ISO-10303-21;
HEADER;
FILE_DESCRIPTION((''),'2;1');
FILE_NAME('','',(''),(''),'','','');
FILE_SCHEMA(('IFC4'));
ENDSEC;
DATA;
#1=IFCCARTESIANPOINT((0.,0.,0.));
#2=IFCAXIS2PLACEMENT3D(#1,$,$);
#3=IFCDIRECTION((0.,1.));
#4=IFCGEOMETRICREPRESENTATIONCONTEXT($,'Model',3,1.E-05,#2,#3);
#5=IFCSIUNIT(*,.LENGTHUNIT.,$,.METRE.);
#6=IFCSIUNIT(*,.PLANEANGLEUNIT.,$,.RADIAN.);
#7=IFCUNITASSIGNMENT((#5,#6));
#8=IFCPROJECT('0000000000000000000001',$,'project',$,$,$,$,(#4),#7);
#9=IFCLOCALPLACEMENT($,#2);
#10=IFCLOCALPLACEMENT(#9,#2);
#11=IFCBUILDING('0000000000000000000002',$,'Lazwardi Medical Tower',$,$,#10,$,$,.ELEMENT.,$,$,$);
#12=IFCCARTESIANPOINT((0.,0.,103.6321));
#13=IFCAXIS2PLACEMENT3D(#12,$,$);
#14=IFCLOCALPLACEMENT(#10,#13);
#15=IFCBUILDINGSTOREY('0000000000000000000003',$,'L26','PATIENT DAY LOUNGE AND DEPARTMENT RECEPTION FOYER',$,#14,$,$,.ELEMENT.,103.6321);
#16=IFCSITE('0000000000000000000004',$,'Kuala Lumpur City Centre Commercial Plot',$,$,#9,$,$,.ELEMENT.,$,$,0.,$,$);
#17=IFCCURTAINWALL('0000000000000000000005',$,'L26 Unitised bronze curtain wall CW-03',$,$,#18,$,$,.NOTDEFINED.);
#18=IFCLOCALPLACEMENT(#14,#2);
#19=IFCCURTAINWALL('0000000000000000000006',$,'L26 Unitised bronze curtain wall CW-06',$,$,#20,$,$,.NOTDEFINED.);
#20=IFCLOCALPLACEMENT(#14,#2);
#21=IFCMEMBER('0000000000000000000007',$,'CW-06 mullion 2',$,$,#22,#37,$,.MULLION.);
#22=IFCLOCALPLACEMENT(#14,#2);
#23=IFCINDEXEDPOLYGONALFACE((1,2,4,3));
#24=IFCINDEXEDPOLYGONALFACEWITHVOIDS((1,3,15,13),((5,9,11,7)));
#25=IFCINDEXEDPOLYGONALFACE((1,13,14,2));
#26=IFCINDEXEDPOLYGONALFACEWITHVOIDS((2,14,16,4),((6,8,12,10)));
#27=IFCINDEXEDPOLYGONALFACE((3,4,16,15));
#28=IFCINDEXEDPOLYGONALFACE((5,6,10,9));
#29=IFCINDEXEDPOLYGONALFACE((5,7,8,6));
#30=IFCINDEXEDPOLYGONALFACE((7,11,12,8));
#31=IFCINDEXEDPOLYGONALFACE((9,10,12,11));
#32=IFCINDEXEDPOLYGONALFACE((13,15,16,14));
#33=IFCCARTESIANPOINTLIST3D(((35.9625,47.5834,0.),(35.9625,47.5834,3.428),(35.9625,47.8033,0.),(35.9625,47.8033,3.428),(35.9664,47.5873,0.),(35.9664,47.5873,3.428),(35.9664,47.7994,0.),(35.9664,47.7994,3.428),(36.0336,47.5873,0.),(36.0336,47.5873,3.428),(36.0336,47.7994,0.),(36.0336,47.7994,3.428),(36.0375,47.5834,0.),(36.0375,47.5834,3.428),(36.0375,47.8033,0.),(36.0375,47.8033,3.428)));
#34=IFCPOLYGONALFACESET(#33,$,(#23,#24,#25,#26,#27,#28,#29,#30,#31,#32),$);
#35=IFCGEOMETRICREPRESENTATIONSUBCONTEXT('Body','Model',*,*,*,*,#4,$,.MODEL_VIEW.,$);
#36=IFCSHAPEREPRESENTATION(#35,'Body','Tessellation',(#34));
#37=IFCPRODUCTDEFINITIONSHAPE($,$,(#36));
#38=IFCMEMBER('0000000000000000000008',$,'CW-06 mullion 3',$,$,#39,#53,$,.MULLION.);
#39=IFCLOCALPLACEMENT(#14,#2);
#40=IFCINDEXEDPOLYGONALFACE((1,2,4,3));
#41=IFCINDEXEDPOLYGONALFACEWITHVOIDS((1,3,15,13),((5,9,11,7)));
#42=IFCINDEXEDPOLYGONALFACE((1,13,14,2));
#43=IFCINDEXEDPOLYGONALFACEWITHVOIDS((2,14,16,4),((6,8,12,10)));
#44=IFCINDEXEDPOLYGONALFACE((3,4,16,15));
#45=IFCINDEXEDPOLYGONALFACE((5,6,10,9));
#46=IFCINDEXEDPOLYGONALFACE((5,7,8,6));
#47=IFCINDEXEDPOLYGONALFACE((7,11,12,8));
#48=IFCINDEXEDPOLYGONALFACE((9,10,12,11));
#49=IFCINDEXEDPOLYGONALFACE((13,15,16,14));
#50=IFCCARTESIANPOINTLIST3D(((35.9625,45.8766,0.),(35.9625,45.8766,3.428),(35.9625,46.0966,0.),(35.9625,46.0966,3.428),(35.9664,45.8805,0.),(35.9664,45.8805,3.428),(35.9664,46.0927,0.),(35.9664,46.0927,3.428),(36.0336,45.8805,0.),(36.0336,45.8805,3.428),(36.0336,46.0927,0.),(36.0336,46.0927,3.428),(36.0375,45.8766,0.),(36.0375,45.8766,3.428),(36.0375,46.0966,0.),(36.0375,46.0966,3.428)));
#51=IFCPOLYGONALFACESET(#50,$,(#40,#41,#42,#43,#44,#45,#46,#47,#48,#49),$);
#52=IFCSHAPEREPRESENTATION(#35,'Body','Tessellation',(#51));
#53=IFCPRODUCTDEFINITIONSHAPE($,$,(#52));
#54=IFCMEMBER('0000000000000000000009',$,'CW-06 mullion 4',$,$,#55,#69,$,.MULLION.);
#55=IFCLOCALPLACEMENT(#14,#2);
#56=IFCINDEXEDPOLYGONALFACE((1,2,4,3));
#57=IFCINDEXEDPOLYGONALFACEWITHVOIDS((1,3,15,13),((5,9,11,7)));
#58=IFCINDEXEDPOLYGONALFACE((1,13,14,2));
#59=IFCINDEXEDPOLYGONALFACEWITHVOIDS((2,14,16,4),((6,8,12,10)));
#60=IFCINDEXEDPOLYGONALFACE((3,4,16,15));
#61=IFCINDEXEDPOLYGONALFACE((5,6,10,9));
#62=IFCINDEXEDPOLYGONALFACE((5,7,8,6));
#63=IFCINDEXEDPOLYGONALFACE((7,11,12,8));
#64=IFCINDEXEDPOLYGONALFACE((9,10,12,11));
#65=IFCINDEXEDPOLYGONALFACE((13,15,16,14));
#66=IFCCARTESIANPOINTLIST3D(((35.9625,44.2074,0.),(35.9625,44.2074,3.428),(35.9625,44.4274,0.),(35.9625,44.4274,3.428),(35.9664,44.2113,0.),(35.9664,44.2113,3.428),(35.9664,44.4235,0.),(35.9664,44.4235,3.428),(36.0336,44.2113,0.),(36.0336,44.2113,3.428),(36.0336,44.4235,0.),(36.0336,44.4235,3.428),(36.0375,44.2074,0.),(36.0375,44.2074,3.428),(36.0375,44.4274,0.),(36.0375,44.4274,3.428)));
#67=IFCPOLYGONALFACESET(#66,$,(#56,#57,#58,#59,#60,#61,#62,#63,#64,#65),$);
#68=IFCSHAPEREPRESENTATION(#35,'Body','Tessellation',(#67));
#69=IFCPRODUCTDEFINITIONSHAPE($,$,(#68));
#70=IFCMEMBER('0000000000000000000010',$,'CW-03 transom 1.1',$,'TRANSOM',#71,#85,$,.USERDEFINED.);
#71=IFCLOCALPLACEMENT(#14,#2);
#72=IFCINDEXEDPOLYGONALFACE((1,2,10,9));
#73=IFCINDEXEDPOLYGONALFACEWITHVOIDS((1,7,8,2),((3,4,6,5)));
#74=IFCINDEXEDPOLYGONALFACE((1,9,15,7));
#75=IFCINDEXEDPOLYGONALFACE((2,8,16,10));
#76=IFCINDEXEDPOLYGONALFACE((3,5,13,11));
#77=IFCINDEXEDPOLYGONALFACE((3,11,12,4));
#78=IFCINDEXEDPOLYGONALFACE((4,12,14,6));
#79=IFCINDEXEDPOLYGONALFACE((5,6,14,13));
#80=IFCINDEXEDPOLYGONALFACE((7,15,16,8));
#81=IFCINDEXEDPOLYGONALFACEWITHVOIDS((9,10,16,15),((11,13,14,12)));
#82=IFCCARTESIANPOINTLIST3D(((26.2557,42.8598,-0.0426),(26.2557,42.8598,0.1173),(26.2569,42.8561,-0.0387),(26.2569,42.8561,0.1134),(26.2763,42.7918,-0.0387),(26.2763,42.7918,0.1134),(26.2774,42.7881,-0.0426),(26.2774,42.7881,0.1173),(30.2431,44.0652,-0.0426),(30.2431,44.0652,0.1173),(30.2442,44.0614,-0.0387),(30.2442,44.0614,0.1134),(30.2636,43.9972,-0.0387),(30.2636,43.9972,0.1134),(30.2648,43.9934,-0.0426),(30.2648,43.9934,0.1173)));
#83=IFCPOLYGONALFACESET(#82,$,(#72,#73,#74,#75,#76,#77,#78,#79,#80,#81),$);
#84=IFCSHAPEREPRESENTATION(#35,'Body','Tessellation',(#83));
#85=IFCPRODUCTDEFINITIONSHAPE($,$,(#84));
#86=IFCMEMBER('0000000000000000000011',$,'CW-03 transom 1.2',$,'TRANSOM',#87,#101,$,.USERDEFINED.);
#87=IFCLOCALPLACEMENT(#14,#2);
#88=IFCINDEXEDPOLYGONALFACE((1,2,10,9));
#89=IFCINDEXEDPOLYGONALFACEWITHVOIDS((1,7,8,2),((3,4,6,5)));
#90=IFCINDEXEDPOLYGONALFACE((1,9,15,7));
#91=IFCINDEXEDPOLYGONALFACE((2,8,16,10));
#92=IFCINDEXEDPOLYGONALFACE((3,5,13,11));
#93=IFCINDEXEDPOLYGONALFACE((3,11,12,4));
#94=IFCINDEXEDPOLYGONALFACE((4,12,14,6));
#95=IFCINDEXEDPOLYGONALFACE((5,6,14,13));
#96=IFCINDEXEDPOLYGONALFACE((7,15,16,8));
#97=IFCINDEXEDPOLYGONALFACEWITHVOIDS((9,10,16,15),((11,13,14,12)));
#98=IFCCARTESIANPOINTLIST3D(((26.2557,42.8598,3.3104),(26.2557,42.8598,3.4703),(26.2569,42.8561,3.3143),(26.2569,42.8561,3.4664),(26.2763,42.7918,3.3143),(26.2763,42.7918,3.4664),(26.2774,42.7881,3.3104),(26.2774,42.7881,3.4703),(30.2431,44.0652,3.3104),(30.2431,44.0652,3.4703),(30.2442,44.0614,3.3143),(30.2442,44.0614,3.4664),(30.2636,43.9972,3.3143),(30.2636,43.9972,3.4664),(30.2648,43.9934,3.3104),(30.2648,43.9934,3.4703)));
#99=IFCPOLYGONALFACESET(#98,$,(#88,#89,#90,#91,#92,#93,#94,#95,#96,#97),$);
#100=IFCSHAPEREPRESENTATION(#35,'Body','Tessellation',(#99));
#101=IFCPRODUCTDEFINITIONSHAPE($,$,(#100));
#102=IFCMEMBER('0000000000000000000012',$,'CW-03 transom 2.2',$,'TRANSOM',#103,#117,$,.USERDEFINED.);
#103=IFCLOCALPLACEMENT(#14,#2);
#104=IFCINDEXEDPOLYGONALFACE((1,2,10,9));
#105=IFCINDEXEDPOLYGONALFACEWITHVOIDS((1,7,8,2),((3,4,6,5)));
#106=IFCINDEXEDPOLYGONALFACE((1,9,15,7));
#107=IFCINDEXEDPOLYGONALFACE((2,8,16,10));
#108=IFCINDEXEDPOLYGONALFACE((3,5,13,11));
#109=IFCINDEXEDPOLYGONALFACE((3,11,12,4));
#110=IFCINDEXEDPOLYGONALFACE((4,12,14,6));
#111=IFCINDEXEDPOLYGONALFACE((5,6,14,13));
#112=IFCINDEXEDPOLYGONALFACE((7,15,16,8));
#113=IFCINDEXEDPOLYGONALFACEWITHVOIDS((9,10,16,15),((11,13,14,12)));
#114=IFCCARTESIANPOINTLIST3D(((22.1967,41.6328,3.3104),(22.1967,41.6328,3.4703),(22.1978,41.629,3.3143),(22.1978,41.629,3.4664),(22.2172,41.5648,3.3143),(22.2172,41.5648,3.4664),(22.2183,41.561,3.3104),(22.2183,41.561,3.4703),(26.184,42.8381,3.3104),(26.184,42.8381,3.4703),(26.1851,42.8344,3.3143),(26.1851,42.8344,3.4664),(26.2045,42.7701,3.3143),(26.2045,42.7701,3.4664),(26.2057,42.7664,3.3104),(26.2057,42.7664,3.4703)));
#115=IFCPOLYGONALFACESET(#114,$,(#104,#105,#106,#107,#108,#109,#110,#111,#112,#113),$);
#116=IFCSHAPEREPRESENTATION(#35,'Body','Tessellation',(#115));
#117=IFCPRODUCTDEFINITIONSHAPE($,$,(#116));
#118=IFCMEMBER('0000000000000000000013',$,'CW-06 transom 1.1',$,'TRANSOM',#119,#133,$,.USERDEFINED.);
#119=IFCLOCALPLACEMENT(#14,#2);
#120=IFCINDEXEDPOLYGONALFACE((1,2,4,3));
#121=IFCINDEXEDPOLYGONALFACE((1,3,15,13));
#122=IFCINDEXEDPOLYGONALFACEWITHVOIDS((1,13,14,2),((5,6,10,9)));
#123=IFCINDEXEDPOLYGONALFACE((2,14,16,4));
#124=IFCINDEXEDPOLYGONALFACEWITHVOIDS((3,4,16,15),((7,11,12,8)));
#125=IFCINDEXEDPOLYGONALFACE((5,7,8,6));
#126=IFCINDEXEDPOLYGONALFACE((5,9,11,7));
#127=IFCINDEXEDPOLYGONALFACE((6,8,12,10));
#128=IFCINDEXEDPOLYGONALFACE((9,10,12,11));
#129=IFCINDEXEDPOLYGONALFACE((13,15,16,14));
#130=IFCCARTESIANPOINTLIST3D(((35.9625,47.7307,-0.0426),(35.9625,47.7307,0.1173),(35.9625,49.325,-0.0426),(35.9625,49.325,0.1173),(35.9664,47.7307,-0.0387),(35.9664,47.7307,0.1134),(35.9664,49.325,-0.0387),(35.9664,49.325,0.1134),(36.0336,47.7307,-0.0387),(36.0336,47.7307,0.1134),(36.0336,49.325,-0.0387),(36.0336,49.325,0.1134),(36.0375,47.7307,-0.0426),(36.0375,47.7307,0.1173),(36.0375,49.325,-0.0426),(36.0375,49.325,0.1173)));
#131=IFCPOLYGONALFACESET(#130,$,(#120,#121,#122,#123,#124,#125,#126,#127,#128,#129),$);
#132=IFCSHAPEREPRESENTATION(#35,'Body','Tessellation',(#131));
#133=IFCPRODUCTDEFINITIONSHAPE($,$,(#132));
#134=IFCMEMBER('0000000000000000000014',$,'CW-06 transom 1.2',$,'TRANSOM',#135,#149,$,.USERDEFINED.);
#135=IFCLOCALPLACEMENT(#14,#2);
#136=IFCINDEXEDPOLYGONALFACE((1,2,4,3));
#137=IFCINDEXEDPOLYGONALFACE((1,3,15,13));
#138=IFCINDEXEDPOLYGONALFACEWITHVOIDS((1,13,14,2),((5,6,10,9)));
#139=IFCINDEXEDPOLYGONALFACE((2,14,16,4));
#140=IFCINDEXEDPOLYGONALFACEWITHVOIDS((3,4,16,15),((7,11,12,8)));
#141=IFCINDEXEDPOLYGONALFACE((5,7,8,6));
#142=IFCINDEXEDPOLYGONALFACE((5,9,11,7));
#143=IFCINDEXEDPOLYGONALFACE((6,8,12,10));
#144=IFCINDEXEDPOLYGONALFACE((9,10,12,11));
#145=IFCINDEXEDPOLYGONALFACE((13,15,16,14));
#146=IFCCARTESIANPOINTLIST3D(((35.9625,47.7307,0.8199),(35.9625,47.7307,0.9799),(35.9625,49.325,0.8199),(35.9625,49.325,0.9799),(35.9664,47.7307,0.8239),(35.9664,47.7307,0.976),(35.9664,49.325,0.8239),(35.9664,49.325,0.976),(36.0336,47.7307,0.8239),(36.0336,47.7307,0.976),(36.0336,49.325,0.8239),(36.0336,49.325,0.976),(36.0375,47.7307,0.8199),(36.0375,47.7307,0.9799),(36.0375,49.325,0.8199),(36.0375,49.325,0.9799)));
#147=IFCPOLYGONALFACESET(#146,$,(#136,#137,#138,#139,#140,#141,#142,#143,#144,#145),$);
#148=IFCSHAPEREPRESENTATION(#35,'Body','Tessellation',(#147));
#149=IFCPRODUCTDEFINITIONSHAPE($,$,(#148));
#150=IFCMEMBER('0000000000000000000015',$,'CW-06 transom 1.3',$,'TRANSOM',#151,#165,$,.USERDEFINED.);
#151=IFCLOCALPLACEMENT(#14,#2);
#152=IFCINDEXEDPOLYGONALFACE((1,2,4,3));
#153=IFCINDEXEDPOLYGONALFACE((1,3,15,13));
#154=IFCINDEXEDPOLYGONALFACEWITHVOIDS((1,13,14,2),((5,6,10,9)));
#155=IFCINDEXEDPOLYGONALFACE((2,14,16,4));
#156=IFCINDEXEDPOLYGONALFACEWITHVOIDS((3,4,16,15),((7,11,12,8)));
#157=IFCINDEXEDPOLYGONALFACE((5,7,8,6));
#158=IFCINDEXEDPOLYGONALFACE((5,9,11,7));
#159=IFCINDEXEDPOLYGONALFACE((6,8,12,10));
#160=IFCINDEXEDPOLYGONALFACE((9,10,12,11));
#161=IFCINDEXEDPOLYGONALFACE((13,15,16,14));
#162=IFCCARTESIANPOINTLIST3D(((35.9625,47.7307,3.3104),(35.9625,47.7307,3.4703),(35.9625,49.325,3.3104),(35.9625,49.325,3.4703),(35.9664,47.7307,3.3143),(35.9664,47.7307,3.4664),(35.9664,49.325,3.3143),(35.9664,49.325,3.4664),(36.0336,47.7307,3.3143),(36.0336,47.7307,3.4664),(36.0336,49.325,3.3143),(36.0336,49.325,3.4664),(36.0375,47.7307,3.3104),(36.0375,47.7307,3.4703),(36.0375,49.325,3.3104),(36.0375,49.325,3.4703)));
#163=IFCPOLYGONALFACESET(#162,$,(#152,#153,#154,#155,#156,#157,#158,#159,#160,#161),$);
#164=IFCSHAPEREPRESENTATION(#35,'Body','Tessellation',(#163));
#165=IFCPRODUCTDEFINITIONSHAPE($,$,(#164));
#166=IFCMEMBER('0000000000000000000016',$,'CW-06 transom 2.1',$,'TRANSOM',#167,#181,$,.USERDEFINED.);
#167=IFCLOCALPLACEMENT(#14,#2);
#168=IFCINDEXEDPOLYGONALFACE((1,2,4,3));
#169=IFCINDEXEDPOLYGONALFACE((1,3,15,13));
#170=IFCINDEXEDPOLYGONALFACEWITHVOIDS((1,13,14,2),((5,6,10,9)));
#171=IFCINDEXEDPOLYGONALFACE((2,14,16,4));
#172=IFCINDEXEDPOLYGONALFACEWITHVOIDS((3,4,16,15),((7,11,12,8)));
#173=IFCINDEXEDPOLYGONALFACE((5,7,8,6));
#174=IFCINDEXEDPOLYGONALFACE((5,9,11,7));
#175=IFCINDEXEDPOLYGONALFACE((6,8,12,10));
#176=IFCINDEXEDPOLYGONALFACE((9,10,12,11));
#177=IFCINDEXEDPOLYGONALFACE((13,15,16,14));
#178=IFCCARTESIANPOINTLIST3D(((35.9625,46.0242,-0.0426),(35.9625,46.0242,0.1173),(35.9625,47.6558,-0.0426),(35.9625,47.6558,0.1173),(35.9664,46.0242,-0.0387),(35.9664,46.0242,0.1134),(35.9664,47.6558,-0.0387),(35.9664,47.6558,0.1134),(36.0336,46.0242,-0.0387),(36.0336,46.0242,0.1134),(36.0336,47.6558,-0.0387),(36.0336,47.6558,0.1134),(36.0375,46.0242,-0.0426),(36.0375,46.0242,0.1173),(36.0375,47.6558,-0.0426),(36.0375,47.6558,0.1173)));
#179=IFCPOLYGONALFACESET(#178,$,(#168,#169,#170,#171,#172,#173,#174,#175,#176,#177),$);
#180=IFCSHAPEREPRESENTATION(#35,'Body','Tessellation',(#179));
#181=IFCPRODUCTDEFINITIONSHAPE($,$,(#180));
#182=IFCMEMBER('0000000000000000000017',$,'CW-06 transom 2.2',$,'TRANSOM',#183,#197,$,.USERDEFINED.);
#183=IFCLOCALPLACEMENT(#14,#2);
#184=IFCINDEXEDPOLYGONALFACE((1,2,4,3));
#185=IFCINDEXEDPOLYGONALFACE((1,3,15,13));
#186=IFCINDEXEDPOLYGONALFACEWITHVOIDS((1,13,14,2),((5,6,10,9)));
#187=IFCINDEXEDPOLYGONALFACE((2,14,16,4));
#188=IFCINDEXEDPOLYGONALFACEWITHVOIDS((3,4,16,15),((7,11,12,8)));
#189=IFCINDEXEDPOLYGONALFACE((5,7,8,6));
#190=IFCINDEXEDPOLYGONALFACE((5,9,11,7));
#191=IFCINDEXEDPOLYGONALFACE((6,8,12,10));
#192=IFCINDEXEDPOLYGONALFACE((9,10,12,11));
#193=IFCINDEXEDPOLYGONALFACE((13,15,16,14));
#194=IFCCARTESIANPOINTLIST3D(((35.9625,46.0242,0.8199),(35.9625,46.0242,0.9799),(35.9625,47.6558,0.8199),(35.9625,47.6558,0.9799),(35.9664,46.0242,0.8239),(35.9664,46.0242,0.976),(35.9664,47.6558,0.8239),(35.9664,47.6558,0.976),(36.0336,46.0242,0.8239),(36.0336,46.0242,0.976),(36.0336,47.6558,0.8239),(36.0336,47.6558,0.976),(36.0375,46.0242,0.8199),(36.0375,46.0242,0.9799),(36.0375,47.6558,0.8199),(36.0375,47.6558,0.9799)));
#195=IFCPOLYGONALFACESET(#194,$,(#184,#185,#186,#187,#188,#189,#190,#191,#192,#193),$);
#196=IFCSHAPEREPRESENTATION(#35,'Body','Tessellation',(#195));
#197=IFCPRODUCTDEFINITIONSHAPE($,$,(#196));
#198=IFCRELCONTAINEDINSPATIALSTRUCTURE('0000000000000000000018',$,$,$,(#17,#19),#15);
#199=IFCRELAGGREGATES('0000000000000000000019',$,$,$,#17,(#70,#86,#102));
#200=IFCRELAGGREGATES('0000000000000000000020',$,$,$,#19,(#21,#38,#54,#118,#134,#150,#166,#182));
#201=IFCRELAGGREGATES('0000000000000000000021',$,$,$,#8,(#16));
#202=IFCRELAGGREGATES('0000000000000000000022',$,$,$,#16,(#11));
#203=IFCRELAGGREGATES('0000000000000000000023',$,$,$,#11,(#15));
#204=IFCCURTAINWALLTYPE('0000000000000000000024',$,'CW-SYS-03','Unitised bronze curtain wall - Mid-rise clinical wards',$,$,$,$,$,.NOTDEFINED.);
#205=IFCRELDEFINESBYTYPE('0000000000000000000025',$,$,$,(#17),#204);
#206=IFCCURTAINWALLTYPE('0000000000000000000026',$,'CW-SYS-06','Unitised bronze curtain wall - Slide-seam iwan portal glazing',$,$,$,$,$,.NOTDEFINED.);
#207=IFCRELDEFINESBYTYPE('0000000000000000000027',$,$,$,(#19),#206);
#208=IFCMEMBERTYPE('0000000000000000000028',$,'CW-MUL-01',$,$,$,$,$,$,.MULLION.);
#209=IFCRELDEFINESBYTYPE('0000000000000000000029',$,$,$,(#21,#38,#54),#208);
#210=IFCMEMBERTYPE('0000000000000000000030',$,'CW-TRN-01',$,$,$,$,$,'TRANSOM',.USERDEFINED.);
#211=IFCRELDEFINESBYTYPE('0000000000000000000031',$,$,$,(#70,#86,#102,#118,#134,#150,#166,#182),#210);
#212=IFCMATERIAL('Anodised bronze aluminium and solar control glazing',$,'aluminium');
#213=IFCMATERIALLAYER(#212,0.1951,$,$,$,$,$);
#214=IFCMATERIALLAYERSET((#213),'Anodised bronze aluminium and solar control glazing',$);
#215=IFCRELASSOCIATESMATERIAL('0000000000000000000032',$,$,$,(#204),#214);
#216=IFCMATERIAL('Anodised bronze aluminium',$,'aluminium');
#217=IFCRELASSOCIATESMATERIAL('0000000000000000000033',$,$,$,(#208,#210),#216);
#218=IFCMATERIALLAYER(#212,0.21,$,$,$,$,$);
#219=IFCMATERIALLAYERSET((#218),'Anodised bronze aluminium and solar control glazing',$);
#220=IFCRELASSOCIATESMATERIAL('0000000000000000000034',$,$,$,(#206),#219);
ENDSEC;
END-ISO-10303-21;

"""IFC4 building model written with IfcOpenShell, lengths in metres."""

from ifc_helpers import new_model, si_unit, direction, frame, origin, origin_2d, place, context, subcontext, project, spatial, hollow_rectangle, extrude, material, layer, layer_set, material_profile, profile_set, type_object, element, aggregate, save


model = new_model("IFC4")

# Units and contexts
model_context = context("Model", 3, precision=1e-05, world=origin(), true_north=direction((0.0, 1.0)))
body_context = subcontext(model_context, "Body", "Model", "MODEL_VIEW")
ifc_project = project(units=[si_unit("LENGTHUNIT", "METRE"), si_unit("PLANEANGLEUNIT", "RADIAN")], contexts=[model_context])

# Site, building, storey
site_placement = place(None, origin())
site = spatial("IfcSite", under=ifc_project, at=site_placement, Name="Kuala Lumpur City Centre Commercial Plot", CompositionType="ELEMENT", RefElevation=0.0)
building_placement = place(site_placement, origin())
building = spatial("IfcBuilding", under=site, at=building_placement, Name="Lazwardi Medical Tower", CompositionType="ELEMENT")
storey_placement = place(building_placement, frame((0.0, 0.0, 103.6321)))
storey = spatial("IfcBuildingStorey", under=building, at=storey_placement, Name="L26", Description="PATIENT DAY LOUNGE AND DEPARTMENT RECEPTION FOYER", CompositionType="ELEMENT", Elevation=103.6321)

# Curtain walls, members
ifc_material_1 = material(Name="Anodised bronze aluminium and solar control glazing", Category="aluminium")
ifc_layer_1 = layer(ifc_material_1, 0.1951)
ifc_layer_set_1 = layer_set([ifc_layer_1], Name="Anodised bronze aluminium and solar control glazing")
curtain_wall_type_1 = type_object("IfcCurtainWallType", Name="CW-SYS-03", Description="Unitised bronze curtain wall - Mid-rise clinical wards", PredefinedType="NOTDEFINED", material=ifc_layer_set_1)
curtain_wall_1_placement = place(storey_placement, origin())
curtain_wall_1 = element("IfcCurtainWall", 1, at=curtain_wall_1_placement, inside=storey, type_object=curtain_wall_type_1, Name="L26 Unitised bronze curtain wall CW-03", PredefinedType="NOTDEFINED")
ifc_material_2 = material(Name="Anodised bronze aluminium", Category="aluminium")
ifc_material_profile_1 = material_profile(ifc_material_2, hollow_rectangle(XDim=0.075, YDim=0.22, WallThickness=0.0039, at=origin_2d()), Name="ALU-MULLION 220x75x4")
ifc_profile_set_1 = profile_set([ifc_material_profile_1], Name="Anodised bronze aluminium")
member_type_1 = type_object("IfcMemberType", Name="CW-MUL-01", PredefinedType="MULLION", material=ifc_profile_set_1)
ifc_layer_2 = layer(ifc_material_1, 0.21)
ifc_layer_set_2 = layer_set([ifc_layer_2], Name="Anodised bronze aluminium and solar control glazing")
curtain_wall_type_2 = type_object("IfcCurtainWallType", Name="CW-SYS-06", Description="Unitised bronze curtain wall - Slide-seam iwan portal glazing", PredefinedType="NOTDEFINED", material=ifc_layer_set_2)
curtain_wall_2_placement = place(storey_placement, origin())
curtain_wall_2 = element("IfcCurtainWall", 2, at=curtain_wall_2_placement, inside=storey, type_object=curtain_wall_type_2, Name="L26 Unitised bronze curtain wall CW-06", PredefinedType="NOTDEFINED")
member_1_placement = place(storey_placement, frame((36.0, 47.6934, 0.0), z_axis=(0.0, 0.0, 1.0), x_axis=(1.0, 0.0, 0.0)))
member_1 = element("IfcMember", 3, at=member_1_placement, type_object=member_type_1, Name="CW-06 mullion 2", PredefinedType="MULLION", context=body_context, shape_type="SweptSolid", body=[
    extrude(hollow_rectangle(XDim=0.075, YDim=0.22, WallThickness=0.0039, at=origin_2d()), origin(), (0.0, 0.0, 1.0), 3.428),
])
member_2_placement = place(storey_placement, frame((36.0, 45.9866, 0.0), z_axis=(0.0, 0.0, 1.0), x_axis=(1.0, 0.0, 0.0)))
member_2 = element("IfcMember", 4, at=member_2_placement, type_object=member_type_1, Name="CW-06 mullion 3", PredefinedType="MULLION", context=body_context, shape_type="SweptSolid", body=[
    extrude(hollow_rectangle(XDim=0.075, YDim=0.22, WallThickness=0.0039, at=origin_2d()), origin(), (0.0, 0.0, 1.0), 3.428),
])
member_3_placement = place(storey_placement, frame((36.0, 44.3174, 0.0), z_axis=(0.0, 0.0, 1.0), x_axis=(1.0, 0.0, 0.0)))
member_3 = element("IfcMember", 5, at=member_3_placement, type_object=member_type_1, Name="CW-06 mullion 4", PredefinedType="MULLION", context=body_context, shape_type="SweptSolid", body=[
    extrude(hollow_rectangle(XDim=0.075, YDim=0.22, WallThickness=0.0039, at=origin_2d()), origin(), (0.0, 0.0, 1.0), 3.428),
])

# Members
ifc_material_profile_2 = material_profile(ifc_material_2, hollow_rectangle(XDim=0.075, YDim=0.1599, WallThickness=0.0039, at=origin_2d()), Name="ALU-TRANSOM 160x75x4")
ifc_profile_set_2 = profile_set([ifc_material_profile_2], Name="Anodised bronze aluminium")
member_type_2 = type_object("IfcMemberType", Name="CW-TRN-01", ElementType="TRANSOM", PredefinedType="USERDEFINED", material=ifc_profile_set_2)
member_4_placement = place(storey_placement, frame((30.2539, 44.0293, 0.0374), z_axis=(-0.957221, -0.289358, 0.0), x_axis=(0.289358, -0.957221, 0.0)))
member_4 = element("IfcMember", 6, at=member_4_placement, type_object=member_type_2, Name="CW-03 transom 1.1", ObjectType="TRANSOM", PredefinedType="USERDEFINED", context=body_context, shape_type="SweptSolid", body=[
    extrude(hollow_rectangle(XDim=0.075, YDim=0.1599, WallThickness=0.0039, at=origin_2d()), origin(), (0.0, 0.0, 1.0), 4.1655),
])
member_5_placement = place(storey_placement, frame((30.2539, 44.0293, 3.3904), z_axis=(-0.957221, -0.289358, 0.0), x_axis=(0.289358, -0.957221, 0.0)))
member_5 = element("IfcMember", 7, at=member_5_placement, type_object=member_type_2, Name="CW-03 transom 1.2", ObjectType="TRANSOM", PredefinedType="USERDEFINED", context=body_context, shape_type="SweptSolid", body=[
    extrude(hollow_rectangle(XDim=0.075, YDim=0.1599, WallThickness=0.0039, at=origin_2d()), origin(), (0.0, 0.0, 1.0), 4.1655),
])
member_6_placement = place(storey_placement, frame((26.1948, 42.8022, 3.3904), z_axis=(-0.957221, -0.289358, 0.0), x_axis=(0.289358, -0.957221, 0.0)))
member_6 = element("IfcMember", 8, at=member_6_placement, type_object=member_type_2, Name="CW-03 transom 2.2", ObjectType="TRANSOM", PredefinedType="USERDEFINED", context=body_context, shape_type="SweptSolid", body=[
    extrude(hollow_rectangle(XDim=0.075, YDim=0.1599, WallThickness=0.0039, at=origin_2d()), origin(), (0.0, 0.0, 1.0), 4.1655),
])
member_7_placement = place(storey_placement, frame((36.0, 49.325, 0.0374), z_axis=(0.0, -1.0, 0.0), x_axis=(1.0, 0.0, 0.0)))
member_7 = element("IfcMember", 9, at=member_7_placement, type_object=member_type_2, Name="CW-06 transom 1.1", ObjectType="TRANSOM", PredefinedType="USERDEFINED", context=body_context, shape_type="SweptSolid", body=[
    extrude(hollow_rectangle(XDim=0.075, YDim=0.1599, WallThickness=0.0039, at=origin_2d()), origin(), (0.0, 0.0, 1.0), 1.5942),
])
member_8_placement = place(storey_placement, frame((36.0, 49.325, 0.8999), z_axis=(0.0, -1.0, 0.0), x_axis=(1.0, 0.0, 0.0)))
member_8 = element("IfcMember", 10, at=member_8_placement, type_object=member_type_2, Name="CW-06 transom 1.2", ObjectType="TRANSOM", PredefinedType="USERDEFINED", context=body_context, shape_type="SweptSolid", body=[
    extrude(hollow_rectangle(XDim=0.075, YDim=0.1599, WallThickness=0.0039, at=origin_2d()), origin(), (0.0, 0.0, 1.0), 1.5942),
])
member_9_placement = place(storey_placement, frame((36.0, 49.325, 3.3904), z_axis=(0.0, -1.0, 0.0), x_axis=(1.0, 0.0, 0.0)))
member_9 = element("IfcMember", 11, at=member_9_placement, type_object=member_type_2, Name="CW-06 transom 1.3", ObjectType="TRANSOM", PredefinedType="USERDEFINED", context=body_context, shape_type="SweptSolid", body=[
    extrude(hollow_rectangle(XDim=0.075, YDim=0.1599, WallThickness=0.0039, at=origin_2d()), origin(), (0.0, 0.0, 1.0), 1.5942),
])
member_10_placement = place(storey_placement, frame((36.0, 47.6558, 0.0374), z_axis=(0.0, -1.0, 0.0), x_axis=(1.0, 0.0, 0.0)))
member_10 = element("IfcMember", 12, at=member_10_placement, type_object=member_type_2, Name="CW-06 transom 2.1", ObjectType="TRANSOM", PredefinedType="USERDEFINED", context=body_context, shape_type="SweptSolid", body=[
    extrude(hollow_rectangle(XDim=0.075, YDim=0.1599, WallThickness=0.0039, at=origin_2d()), origin(), (0.0, 0.0, 1.0), 1.6316),
])
member_11_placement = place(storey_placement, frame((36.0, 47.6558, 0.8999), z_axis=(0.0, -1.0, 0.0), x_axis=(1.0, 0.0, 0.0)))
member_11 = element("IfcMember", 13, at=member_11_placement, type_object=member_type_2, Name="CW-06 transom 2.2", ObjectType="TRANSOM", PredefinedType="USERDEFINED", context=body_context, shape_type="SweptSolid", body=[
    extrude(hollow_rectangle(XDim=0.075, YDim=0.1599, WallThickness=0.0039, at=origin_2d()), origin(), (0.0, 0.0, 1.0), 1.6316),
])

aggregate(curtain_wall_1, [member_4, member_5, member_6])
aggregate(curtain_wall_2, [member_1, member_2, member_3, member_7, member_8, member_9, member_10, member_11])

save(model, "model.ifc")
